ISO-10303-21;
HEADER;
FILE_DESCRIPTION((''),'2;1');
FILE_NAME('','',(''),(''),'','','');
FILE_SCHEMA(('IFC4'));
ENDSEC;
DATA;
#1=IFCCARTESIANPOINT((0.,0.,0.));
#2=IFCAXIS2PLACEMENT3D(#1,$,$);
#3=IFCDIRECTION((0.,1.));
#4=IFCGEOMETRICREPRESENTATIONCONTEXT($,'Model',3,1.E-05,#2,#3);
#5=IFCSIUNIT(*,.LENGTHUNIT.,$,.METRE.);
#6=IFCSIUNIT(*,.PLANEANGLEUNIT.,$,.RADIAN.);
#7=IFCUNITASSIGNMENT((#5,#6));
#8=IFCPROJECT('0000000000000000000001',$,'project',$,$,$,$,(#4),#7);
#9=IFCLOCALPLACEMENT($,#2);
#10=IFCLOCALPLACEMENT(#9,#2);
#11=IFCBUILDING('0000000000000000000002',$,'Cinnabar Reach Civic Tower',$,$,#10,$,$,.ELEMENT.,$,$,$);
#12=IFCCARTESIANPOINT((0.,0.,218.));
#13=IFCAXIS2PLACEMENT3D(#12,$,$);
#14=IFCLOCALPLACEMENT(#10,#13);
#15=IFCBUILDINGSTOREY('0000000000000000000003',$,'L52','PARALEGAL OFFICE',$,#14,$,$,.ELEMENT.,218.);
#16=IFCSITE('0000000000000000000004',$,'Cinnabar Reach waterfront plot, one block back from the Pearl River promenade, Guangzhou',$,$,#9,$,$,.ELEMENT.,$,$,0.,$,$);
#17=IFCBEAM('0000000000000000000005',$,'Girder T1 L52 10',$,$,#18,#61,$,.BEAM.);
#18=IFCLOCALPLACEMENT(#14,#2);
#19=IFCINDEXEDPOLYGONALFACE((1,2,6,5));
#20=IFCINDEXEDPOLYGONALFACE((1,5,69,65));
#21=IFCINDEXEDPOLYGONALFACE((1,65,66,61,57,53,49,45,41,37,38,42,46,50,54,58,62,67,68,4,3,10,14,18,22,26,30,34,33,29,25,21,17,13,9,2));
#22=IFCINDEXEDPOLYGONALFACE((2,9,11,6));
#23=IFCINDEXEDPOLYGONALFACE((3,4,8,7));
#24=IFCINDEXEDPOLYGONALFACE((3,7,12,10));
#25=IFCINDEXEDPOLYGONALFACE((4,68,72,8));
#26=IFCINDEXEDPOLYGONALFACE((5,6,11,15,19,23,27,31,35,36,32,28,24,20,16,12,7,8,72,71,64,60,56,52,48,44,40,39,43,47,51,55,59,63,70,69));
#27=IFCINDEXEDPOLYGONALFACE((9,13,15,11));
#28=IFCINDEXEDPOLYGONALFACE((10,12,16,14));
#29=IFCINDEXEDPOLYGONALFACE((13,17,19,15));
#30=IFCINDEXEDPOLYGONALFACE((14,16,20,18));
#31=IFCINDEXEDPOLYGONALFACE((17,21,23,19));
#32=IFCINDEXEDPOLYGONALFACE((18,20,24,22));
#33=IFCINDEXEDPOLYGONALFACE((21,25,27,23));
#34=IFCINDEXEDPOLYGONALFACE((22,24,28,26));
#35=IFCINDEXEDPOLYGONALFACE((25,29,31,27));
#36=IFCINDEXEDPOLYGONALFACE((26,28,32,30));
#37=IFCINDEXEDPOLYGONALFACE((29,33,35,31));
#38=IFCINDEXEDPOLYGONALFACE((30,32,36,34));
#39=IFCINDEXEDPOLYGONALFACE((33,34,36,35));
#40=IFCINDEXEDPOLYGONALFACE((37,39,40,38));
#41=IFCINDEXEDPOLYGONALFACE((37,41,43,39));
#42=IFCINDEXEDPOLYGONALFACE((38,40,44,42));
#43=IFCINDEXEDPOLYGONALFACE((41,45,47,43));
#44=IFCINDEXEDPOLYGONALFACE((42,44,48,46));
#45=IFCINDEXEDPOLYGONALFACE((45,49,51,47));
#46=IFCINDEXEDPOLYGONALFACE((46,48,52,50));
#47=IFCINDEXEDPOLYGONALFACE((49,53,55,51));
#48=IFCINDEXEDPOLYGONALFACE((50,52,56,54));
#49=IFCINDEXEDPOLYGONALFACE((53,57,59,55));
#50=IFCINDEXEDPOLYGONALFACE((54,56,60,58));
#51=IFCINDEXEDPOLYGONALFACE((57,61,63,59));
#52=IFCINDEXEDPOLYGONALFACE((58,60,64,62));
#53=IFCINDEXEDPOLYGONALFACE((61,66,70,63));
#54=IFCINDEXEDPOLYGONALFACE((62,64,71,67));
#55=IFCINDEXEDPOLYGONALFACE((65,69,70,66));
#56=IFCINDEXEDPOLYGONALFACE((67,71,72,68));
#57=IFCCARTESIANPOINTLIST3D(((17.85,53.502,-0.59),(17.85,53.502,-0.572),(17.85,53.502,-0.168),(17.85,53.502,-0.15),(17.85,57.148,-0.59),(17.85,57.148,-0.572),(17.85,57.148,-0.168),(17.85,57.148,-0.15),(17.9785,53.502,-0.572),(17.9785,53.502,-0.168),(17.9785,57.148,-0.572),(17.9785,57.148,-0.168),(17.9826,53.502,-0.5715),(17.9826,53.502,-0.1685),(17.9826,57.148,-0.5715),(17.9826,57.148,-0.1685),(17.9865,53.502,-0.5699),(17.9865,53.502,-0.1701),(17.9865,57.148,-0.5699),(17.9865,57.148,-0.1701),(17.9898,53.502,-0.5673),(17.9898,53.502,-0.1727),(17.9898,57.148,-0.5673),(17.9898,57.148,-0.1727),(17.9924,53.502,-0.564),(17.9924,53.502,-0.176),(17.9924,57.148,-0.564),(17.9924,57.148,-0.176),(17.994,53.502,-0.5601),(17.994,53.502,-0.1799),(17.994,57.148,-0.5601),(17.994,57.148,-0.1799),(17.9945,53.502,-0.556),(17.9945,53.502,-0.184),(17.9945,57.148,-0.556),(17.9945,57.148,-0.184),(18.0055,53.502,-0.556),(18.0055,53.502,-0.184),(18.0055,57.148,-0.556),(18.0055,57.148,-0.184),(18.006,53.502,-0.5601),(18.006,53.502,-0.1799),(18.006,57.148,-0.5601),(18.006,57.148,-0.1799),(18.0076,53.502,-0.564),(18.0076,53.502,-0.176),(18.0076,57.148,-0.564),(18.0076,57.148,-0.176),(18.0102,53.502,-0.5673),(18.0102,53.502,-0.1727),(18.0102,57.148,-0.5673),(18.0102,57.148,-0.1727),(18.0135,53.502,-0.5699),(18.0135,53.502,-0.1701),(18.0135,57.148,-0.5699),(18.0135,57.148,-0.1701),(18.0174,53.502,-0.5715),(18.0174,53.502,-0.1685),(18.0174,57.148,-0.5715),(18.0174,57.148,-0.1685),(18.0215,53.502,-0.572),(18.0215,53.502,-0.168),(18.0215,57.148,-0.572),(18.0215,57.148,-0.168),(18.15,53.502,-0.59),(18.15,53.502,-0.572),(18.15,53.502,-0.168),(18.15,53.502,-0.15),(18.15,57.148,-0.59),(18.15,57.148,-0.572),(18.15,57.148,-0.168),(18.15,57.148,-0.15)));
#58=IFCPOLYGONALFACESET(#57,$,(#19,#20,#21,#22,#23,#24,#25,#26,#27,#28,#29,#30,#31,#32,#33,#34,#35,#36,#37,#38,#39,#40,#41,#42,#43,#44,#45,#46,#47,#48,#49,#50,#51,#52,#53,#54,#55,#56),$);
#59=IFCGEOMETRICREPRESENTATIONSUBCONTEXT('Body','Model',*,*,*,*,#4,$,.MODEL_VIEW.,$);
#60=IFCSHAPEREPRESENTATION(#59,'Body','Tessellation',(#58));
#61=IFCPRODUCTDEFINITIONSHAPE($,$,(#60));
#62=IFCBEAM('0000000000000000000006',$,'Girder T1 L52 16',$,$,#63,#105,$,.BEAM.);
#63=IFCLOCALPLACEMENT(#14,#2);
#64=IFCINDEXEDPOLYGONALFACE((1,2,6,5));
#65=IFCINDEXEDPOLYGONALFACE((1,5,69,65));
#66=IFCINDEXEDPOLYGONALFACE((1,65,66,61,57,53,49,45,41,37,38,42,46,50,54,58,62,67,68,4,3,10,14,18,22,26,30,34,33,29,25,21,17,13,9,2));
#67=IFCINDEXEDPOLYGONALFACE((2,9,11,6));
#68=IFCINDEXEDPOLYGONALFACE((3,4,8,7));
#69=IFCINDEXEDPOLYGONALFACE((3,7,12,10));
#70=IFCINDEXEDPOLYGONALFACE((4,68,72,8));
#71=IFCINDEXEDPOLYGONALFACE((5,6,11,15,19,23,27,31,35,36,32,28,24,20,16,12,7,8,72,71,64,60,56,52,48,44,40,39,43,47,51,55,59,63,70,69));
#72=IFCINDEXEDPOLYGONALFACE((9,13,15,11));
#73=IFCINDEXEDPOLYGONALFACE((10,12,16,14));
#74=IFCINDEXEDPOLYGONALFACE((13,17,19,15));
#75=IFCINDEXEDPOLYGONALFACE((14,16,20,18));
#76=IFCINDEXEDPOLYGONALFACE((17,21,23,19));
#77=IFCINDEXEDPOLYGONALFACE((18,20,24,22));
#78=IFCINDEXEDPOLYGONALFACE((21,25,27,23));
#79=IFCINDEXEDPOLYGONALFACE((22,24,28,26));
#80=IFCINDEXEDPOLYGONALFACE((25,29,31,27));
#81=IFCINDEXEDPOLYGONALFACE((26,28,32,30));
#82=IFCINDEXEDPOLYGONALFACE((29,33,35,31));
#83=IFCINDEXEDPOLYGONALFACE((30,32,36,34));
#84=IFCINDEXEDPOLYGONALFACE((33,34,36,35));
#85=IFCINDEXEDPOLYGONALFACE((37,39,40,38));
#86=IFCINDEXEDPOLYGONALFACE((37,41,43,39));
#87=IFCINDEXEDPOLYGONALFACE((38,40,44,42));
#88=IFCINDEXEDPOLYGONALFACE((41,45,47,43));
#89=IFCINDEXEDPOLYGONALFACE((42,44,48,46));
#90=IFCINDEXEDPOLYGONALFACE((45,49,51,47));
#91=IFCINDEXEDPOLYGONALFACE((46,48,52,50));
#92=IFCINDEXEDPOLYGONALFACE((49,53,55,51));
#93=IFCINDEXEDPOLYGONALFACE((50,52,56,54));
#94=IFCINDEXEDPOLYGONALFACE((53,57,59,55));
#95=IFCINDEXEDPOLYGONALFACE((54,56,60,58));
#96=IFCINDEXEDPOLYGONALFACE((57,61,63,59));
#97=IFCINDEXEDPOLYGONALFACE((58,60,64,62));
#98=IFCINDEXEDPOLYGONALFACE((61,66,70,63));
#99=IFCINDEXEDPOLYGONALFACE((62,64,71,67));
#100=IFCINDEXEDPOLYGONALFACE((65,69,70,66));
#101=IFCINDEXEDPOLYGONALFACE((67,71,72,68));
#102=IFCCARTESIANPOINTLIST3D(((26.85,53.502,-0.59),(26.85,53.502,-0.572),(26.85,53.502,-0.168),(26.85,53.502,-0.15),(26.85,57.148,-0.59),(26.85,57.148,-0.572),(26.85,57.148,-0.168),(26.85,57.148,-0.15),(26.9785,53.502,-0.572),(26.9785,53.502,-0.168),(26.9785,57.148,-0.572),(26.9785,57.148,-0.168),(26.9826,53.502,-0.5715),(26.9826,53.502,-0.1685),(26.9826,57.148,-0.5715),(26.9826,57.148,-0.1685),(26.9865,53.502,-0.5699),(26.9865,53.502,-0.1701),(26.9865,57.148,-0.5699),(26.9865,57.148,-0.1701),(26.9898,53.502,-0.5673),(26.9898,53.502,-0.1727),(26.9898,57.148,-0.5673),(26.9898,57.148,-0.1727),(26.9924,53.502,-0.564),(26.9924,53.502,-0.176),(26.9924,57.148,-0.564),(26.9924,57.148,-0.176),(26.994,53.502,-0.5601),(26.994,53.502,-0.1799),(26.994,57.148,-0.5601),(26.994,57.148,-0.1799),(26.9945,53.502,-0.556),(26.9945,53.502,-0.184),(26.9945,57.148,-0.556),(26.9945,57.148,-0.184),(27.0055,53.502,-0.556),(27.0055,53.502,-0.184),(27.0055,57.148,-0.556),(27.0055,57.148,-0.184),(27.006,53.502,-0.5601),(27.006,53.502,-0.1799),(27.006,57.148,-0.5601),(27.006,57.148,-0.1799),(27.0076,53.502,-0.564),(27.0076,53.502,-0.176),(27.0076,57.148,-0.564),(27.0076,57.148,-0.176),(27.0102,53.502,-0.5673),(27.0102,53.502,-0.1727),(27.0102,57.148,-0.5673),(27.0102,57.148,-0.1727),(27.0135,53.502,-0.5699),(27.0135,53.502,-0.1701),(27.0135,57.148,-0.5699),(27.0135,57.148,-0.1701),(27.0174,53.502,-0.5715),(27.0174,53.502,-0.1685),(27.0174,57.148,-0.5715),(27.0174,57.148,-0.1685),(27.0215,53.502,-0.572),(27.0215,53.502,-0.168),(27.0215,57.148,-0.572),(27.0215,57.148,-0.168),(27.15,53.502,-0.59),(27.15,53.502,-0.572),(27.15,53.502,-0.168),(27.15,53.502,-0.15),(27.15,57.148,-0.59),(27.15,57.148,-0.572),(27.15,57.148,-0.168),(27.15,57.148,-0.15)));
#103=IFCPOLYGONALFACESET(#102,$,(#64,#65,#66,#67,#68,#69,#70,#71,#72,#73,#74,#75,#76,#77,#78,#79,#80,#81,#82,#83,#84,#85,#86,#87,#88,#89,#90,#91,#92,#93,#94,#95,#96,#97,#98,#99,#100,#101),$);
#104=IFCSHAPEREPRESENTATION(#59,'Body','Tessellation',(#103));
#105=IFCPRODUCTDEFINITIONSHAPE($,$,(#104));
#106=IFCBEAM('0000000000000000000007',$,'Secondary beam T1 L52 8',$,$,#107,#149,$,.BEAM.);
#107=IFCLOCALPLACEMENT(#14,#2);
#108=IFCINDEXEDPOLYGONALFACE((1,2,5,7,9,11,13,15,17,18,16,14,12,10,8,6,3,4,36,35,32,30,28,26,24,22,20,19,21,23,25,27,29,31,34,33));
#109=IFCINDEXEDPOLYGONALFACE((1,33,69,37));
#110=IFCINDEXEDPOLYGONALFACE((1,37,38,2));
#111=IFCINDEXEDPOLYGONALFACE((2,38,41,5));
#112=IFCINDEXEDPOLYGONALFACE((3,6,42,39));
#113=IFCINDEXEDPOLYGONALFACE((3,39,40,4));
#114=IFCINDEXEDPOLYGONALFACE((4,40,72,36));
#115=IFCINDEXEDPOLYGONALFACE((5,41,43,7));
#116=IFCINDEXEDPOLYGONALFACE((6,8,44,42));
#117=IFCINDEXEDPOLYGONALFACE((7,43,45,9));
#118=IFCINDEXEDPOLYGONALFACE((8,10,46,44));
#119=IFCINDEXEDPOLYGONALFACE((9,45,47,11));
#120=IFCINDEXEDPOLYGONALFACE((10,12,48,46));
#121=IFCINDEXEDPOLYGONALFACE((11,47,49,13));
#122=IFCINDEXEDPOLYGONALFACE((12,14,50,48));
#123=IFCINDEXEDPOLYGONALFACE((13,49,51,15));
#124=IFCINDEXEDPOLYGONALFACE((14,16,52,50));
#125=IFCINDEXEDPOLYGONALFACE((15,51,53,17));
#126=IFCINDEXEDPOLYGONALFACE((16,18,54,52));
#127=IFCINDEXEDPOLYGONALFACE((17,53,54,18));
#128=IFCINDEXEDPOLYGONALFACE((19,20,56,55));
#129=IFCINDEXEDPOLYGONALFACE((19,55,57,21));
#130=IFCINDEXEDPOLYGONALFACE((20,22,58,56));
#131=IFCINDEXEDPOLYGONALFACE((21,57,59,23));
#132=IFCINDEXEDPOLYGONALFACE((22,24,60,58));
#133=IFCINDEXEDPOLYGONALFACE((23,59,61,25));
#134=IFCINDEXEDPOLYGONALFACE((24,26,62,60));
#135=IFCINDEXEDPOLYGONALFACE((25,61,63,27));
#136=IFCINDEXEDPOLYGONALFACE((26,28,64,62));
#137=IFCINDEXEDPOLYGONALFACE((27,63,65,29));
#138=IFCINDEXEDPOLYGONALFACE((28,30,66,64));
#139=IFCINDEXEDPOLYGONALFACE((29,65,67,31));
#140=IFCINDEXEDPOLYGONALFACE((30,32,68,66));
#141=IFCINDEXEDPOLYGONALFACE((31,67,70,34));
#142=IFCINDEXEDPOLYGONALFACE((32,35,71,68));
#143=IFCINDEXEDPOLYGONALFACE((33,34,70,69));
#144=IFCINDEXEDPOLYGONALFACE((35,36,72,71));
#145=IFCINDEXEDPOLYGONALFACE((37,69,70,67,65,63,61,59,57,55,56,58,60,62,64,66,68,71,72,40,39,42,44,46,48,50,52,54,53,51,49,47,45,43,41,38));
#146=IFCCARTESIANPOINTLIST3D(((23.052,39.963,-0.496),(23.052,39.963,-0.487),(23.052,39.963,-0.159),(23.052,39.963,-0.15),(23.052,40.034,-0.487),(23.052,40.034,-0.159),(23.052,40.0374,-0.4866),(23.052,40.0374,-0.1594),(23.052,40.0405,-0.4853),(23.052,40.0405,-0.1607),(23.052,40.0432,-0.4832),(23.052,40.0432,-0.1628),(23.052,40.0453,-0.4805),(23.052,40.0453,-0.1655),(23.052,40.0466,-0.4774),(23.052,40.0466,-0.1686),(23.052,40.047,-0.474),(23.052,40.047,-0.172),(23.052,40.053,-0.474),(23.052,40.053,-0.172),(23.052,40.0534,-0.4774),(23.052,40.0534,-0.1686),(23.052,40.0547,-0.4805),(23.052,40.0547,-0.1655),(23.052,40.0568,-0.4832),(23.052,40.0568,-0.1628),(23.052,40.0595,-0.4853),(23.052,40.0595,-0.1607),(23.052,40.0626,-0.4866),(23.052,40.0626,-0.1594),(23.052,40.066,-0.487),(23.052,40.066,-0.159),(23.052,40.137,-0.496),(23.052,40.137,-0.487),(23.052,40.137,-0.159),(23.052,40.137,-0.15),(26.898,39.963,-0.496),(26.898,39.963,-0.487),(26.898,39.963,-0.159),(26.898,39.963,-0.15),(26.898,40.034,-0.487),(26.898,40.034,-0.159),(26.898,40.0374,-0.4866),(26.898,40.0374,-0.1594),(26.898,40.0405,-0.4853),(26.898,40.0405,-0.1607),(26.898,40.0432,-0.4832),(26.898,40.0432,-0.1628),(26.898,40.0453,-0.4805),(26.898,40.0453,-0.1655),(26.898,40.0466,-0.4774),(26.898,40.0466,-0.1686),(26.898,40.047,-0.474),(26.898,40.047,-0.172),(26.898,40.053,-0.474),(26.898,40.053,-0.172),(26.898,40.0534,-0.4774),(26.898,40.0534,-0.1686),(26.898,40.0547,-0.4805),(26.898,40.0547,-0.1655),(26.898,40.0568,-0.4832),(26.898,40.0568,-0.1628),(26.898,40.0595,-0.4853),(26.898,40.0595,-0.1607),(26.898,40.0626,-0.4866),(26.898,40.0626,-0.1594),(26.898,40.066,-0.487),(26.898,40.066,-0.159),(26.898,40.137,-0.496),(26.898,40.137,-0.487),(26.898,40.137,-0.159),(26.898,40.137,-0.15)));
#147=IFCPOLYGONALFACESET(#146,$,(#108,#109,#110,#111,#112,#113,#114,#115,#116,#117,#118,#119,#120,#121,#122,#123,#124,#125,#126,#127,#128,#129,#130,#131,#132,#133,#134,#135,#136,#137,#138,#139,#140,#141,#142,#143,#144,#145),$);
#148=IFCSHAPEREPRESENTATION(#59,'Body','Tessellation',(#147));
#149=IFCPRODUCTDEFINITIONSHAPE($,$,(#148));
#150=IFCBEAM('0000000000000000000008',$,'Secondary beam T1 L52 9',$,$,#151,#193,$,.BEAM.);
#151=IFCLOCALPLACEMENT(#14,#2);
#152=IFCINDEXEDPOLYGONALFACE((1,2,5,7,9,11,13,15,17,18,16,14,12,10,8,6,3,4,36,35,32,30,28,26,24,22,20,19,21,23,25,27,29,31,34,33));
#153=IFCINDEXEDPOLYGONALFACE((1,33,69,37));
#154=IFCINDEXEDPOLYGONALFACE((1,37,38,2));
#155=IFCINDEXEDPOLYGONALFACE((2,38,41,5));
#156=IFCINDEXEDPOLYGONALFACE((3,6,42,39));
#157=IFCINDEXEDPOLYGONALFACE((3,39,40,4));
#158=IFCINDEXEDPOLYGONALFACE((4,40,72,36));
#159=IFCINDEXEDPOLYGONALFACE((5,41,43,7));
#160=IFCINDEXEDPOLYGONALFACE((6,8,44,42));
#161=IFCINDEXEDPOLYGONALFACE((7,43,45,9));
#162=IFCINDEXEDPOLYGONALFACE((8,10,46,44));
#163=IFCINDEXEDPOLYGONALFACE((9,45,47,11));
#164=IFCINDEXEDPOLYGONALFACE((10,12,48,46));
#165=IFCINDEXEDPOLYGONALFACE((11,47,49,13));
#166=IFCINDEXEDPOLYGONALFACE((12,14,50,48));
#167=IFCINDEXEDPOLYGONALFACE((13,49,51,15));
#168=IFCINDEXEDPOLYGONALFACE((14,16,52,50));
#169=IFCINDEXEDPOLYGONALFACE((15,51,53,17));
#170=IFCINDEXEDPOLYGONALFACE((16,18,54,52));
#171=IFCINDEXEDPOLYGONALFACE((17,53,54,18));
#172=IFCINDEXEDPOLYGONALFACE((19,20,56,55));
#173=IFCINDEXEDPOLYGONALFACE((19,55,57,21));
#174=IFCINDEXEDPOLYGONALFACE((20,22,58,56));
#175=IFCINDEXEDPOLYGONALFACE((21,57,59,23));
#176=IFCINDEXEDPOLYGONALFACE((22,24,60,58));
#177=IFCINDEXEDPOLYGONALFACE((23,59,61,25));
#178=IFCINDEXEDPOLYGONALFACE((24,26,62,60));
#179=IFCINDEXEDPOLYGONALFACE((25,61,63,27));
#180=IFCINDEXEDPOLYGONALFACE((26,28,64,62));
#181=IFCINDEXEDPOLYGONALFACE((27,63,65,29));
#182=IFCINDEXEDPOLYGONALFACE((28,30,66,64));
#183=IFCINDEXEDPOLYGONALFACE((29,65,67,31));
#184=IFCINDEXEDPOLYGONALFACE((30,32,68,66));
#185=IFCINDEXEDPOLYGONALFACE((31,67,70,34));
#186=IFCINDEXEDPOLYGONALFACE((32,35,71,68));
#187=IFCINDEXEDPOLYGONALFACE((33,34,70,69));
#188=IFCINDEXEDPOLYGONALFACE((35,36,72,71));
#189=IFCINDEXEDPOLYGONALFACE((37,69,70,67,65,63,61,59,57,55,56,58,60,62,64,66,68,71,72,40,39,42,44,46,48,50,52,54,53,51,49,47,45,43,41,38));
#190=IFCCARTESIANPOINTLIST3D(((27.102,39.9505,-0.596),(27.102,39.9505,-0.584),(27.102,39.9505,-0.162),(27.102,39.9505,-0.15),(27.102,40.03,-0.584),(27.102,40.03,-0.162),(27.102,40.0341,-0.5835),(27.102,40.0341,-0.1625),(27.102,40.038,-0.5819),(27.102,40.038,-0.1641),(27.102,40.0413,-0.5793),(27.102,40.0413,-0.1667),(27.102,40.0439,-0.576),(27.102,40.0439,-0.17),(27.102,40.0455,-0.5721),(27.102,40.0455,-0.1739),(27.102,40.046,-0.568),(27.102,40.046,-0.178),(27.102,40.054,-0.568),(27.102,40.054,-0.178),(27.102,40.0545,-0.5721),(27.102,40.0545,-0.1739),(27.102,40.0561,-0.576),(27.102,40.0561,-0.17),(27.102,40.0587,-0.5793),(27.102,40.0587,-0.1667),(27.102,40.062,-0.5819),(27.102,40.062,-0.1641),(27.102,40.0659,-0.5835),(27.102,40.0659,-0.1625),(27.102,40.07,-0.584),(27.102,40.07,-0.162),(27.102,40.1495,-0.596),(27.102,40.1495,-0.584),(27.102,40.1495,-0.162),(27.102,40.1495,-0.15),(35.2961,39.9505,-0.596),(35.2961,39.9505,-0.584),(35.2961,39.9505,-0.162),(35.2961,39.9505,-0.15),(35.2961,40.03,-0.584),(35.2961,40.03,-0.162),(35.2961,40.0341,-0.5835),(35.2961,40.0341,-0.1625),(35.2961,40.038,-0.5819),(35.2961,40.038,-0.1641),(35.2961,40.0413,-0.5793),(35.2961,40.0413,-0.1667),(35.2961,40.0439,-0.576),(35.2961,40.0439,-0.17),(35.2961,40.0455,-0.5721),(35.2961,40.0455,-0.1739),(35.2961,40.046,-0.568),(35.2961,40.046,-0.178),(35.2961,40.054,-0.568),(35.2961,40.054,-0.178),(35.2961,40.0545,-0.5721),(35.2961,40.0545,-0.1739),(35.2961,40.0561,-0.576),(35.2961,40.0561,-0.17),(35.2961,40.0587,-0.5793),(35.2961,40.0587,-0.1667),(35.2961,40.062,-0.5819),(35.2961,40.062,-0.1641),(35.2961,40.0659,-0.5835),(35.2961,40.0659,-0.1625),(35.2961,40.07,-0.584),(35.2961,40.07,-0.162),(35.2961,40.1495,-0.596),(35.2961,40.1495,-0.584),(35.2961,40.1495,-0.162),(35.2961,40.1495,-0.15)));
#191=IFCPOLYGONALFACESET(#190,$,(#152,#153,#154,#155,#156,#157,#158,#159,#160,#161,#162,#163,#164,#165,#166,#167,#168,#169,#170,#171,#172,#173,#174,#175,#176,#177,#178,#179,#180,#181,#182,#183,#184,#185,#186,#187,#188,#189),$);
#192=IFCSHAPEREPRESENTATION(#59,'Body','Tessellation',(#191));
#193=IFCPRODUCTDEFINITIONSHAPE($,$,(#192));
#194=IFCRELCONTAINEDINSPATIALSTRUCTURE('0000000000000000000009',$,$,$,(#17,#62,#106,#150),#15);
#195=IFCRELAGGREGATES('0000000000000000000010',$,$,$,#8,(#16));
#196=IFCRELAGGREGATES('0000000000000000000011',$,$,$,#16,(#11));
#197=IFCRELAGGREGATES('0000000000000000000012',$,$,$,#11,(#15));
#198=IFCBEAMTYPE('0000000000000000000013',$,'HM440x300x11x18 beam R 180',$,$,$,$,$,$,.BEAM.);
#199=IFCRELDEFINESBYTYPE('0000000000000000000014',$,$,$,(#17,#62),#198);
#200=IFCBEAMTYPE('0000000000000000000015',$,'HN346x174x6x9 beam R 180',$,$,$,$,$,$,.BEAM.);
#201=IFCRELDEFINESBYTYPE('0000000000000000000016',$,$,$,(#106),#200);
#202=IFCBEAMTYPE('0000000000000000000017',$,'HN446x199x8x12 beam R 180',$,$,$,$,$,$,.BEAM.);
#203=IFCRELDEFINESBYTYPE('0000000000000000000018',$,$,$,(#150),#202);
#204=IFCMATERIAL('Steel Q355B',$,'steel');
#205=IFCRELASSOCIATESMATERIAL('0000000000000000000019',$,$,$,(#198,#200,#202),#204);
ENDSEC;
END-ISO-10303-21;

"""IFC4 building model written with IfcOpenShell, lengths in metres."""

from ifc_helpers import new_model, si_unit, direction, frame, origin, origin_2d, place, context, subcontext, project, spatial, i_section, extrude, material, material_profile, profile_set, type_object, element, save


model = new_model("IFC4")

# Units and contexts
model_context = context("Model", 3, precision=1e-05, world=origin(), true_north=direction((0.0, 1.0)))
body_context = subcontext(model_context, "Body", "Model", "MODEL_VIEW")
ifc_project = project(units=[si_unit("LENGTHUNIT", "METRE"), si_unit("PLANEANGLEUNIT", "RADIAN")], contexts=[model_context])

# Site, building, storey
site_placement = place(None, origin())
site = spatial("IfcSite", under=ifc_project, at=site_placement, Name="Cinnabar Reach waterfront plot, one block back from the Pearl River promenade, Guangzhou", CompositionType="ELEMENT", RefElevation=0.0)
building_placement = place(site_placement, origin())
building = spatial("IfcBuilding", under=site, at=building_placement, Name="Cinnabar Reach Civic Tower", CompositionType="ELEMENT")
storey_placement = place(building_placement, frame((0.0, 0.0, 218.0)))
storey = spatial("IfcBuildingStorey", under=building, at=storey_placement, Name="L52", Description="PARALEGAL OFFICE", CompositionType="ELEMENT", Elevation=218.0)

# Beams
ifc_material_1 = material(Name="Steel Q355B", Category="steel")
ifc_material_profile_1 = material_profile(ifc_material_1, i_section(OverallWidth=0.3, OverallDepth=0.44, WebThickness=0.011, FlangeThickness=0.018, FilletRadius=0.016, at=origin_2d()), Name="HM440x300x11x18")
ifc_profile_set_1 = profile_set([ifc_material_profile_1], Name="Steel Q355B")
beam_type_1 = type_object("IfcBeamType", Name="HM440x300x11x18 beam R 180", PredefinedType="BEAM", material=ifc_profile_set_1)
for number, where, z_axis, x_axis, name in (
    (1, (18.0, 53.502, -0.37), (0.0, 1.0, 0.0), (-1.0, 0.0, 0.0), "Girder T1 L52 10"),
    (2, (27.0, 53.502, -0.37), (0.0, 1.0, 0.0), (-1.0, 0.0, 0.0), "Girder T1 L52 16"),
):
    element("IfcBeam", number, at=place(storey_placement, frame(where, z_axis=z_axis, x_axis=x_axis)), inside=storey, type_object=beam_type_1, Name=name, PredefinedType="BEAM", context=body_context, shape_type="SweptSolid", body=[
        extrude(i_section(OverallWidth=0.3, OverallDepth=0.44, WebThickness=0.011, FlangeThickness=0.018, FilletRadius=0.016, at=origin_2d()), origin(), (0.0, 0.0, 1.0), 3.646),
    ])
ifc_material_profile_2 = material_profile(ifc_material_1, i_section(OverallWidth=0.174, OverallDepth=0.346, WebThickness=0.006, FlangeThickness=0.009, FilletRadius=0.013, at=origin_2d()), Name="HN346x174x6x9")
ifc_profile_set_2 = profile_set([ifc_material_profile_2], Name="Steel Q355B")
beam_type_2 = type_object("IfcBeamType", Name="HN346x174x6x9 beam R 180", PredefinedType="BEAM", material=ifc_profile_set_2)
beam_1_placement = place(storey_placement, frame((23.052, 40.05, -0.323), z_axis=(1.0, 0.0, 0.0), x_axis=(0.0, 1.0, 0.0)))
element("IfcBeam", 3, at=beam_1_placement, inside=storey, type_object=beam_type_2, Name="Secondary beam T1 L52 8", PredefinedType="BEAM", context=body_context, shape_type="SweptSolid", body=[
    extrude(i_section(OverallWidth=0.174, OverallDepth=0.346, WebThickness=0.006, FlangeThickness=0.009, FilletRadius=0.013, at=origin_2d()), origin(), (0.0, 0.0, 1.0), 3.846),
])
ifc_material_profile_3 = material_profile(ifc_material_1, i_section(OverallWidth=0.199, OverallDepth=0.446, WebThickness=0.008, FlangeThickness=0.012, FilletRadius=0.016, at=origin_2d()), Name="HN446x199x8x12")
ifc_profile_set_3 = profile_set([ifc_material_profile_3], Name="Steel Q355B")
beam_type_3 = type_object("IfcBeamType", Name="HN446x199x8x12 beam R 180", PredefinedType="BEAM", material=ifc_profile_set_3)
beam_2_placement = place(storey_placement, frame((27.102, 40.05, -0.373), z_axis=(1.0, 0.0, 0.0), x_axis=(0.0, 1.0, 0.0)))
element("IfcBeam", 4, at=beam_2_placement, inside=storey, type_object=beam_type_3, Name="Secondary beam T1 L52 9", PredefinedType="BEAM", context=body_context, shape_type="SweptSolid", body=[
    extrude(i_section(OverallWidth=0.199, OverallDepth=0.446, WebThickness=0.008, FlangeThickness=0.012, FilletRadius=0.016, at=origin_2d()), origin(), (0.0, 0.0, 1.0), 8.1941),
])

save(model, "model.ifc")
